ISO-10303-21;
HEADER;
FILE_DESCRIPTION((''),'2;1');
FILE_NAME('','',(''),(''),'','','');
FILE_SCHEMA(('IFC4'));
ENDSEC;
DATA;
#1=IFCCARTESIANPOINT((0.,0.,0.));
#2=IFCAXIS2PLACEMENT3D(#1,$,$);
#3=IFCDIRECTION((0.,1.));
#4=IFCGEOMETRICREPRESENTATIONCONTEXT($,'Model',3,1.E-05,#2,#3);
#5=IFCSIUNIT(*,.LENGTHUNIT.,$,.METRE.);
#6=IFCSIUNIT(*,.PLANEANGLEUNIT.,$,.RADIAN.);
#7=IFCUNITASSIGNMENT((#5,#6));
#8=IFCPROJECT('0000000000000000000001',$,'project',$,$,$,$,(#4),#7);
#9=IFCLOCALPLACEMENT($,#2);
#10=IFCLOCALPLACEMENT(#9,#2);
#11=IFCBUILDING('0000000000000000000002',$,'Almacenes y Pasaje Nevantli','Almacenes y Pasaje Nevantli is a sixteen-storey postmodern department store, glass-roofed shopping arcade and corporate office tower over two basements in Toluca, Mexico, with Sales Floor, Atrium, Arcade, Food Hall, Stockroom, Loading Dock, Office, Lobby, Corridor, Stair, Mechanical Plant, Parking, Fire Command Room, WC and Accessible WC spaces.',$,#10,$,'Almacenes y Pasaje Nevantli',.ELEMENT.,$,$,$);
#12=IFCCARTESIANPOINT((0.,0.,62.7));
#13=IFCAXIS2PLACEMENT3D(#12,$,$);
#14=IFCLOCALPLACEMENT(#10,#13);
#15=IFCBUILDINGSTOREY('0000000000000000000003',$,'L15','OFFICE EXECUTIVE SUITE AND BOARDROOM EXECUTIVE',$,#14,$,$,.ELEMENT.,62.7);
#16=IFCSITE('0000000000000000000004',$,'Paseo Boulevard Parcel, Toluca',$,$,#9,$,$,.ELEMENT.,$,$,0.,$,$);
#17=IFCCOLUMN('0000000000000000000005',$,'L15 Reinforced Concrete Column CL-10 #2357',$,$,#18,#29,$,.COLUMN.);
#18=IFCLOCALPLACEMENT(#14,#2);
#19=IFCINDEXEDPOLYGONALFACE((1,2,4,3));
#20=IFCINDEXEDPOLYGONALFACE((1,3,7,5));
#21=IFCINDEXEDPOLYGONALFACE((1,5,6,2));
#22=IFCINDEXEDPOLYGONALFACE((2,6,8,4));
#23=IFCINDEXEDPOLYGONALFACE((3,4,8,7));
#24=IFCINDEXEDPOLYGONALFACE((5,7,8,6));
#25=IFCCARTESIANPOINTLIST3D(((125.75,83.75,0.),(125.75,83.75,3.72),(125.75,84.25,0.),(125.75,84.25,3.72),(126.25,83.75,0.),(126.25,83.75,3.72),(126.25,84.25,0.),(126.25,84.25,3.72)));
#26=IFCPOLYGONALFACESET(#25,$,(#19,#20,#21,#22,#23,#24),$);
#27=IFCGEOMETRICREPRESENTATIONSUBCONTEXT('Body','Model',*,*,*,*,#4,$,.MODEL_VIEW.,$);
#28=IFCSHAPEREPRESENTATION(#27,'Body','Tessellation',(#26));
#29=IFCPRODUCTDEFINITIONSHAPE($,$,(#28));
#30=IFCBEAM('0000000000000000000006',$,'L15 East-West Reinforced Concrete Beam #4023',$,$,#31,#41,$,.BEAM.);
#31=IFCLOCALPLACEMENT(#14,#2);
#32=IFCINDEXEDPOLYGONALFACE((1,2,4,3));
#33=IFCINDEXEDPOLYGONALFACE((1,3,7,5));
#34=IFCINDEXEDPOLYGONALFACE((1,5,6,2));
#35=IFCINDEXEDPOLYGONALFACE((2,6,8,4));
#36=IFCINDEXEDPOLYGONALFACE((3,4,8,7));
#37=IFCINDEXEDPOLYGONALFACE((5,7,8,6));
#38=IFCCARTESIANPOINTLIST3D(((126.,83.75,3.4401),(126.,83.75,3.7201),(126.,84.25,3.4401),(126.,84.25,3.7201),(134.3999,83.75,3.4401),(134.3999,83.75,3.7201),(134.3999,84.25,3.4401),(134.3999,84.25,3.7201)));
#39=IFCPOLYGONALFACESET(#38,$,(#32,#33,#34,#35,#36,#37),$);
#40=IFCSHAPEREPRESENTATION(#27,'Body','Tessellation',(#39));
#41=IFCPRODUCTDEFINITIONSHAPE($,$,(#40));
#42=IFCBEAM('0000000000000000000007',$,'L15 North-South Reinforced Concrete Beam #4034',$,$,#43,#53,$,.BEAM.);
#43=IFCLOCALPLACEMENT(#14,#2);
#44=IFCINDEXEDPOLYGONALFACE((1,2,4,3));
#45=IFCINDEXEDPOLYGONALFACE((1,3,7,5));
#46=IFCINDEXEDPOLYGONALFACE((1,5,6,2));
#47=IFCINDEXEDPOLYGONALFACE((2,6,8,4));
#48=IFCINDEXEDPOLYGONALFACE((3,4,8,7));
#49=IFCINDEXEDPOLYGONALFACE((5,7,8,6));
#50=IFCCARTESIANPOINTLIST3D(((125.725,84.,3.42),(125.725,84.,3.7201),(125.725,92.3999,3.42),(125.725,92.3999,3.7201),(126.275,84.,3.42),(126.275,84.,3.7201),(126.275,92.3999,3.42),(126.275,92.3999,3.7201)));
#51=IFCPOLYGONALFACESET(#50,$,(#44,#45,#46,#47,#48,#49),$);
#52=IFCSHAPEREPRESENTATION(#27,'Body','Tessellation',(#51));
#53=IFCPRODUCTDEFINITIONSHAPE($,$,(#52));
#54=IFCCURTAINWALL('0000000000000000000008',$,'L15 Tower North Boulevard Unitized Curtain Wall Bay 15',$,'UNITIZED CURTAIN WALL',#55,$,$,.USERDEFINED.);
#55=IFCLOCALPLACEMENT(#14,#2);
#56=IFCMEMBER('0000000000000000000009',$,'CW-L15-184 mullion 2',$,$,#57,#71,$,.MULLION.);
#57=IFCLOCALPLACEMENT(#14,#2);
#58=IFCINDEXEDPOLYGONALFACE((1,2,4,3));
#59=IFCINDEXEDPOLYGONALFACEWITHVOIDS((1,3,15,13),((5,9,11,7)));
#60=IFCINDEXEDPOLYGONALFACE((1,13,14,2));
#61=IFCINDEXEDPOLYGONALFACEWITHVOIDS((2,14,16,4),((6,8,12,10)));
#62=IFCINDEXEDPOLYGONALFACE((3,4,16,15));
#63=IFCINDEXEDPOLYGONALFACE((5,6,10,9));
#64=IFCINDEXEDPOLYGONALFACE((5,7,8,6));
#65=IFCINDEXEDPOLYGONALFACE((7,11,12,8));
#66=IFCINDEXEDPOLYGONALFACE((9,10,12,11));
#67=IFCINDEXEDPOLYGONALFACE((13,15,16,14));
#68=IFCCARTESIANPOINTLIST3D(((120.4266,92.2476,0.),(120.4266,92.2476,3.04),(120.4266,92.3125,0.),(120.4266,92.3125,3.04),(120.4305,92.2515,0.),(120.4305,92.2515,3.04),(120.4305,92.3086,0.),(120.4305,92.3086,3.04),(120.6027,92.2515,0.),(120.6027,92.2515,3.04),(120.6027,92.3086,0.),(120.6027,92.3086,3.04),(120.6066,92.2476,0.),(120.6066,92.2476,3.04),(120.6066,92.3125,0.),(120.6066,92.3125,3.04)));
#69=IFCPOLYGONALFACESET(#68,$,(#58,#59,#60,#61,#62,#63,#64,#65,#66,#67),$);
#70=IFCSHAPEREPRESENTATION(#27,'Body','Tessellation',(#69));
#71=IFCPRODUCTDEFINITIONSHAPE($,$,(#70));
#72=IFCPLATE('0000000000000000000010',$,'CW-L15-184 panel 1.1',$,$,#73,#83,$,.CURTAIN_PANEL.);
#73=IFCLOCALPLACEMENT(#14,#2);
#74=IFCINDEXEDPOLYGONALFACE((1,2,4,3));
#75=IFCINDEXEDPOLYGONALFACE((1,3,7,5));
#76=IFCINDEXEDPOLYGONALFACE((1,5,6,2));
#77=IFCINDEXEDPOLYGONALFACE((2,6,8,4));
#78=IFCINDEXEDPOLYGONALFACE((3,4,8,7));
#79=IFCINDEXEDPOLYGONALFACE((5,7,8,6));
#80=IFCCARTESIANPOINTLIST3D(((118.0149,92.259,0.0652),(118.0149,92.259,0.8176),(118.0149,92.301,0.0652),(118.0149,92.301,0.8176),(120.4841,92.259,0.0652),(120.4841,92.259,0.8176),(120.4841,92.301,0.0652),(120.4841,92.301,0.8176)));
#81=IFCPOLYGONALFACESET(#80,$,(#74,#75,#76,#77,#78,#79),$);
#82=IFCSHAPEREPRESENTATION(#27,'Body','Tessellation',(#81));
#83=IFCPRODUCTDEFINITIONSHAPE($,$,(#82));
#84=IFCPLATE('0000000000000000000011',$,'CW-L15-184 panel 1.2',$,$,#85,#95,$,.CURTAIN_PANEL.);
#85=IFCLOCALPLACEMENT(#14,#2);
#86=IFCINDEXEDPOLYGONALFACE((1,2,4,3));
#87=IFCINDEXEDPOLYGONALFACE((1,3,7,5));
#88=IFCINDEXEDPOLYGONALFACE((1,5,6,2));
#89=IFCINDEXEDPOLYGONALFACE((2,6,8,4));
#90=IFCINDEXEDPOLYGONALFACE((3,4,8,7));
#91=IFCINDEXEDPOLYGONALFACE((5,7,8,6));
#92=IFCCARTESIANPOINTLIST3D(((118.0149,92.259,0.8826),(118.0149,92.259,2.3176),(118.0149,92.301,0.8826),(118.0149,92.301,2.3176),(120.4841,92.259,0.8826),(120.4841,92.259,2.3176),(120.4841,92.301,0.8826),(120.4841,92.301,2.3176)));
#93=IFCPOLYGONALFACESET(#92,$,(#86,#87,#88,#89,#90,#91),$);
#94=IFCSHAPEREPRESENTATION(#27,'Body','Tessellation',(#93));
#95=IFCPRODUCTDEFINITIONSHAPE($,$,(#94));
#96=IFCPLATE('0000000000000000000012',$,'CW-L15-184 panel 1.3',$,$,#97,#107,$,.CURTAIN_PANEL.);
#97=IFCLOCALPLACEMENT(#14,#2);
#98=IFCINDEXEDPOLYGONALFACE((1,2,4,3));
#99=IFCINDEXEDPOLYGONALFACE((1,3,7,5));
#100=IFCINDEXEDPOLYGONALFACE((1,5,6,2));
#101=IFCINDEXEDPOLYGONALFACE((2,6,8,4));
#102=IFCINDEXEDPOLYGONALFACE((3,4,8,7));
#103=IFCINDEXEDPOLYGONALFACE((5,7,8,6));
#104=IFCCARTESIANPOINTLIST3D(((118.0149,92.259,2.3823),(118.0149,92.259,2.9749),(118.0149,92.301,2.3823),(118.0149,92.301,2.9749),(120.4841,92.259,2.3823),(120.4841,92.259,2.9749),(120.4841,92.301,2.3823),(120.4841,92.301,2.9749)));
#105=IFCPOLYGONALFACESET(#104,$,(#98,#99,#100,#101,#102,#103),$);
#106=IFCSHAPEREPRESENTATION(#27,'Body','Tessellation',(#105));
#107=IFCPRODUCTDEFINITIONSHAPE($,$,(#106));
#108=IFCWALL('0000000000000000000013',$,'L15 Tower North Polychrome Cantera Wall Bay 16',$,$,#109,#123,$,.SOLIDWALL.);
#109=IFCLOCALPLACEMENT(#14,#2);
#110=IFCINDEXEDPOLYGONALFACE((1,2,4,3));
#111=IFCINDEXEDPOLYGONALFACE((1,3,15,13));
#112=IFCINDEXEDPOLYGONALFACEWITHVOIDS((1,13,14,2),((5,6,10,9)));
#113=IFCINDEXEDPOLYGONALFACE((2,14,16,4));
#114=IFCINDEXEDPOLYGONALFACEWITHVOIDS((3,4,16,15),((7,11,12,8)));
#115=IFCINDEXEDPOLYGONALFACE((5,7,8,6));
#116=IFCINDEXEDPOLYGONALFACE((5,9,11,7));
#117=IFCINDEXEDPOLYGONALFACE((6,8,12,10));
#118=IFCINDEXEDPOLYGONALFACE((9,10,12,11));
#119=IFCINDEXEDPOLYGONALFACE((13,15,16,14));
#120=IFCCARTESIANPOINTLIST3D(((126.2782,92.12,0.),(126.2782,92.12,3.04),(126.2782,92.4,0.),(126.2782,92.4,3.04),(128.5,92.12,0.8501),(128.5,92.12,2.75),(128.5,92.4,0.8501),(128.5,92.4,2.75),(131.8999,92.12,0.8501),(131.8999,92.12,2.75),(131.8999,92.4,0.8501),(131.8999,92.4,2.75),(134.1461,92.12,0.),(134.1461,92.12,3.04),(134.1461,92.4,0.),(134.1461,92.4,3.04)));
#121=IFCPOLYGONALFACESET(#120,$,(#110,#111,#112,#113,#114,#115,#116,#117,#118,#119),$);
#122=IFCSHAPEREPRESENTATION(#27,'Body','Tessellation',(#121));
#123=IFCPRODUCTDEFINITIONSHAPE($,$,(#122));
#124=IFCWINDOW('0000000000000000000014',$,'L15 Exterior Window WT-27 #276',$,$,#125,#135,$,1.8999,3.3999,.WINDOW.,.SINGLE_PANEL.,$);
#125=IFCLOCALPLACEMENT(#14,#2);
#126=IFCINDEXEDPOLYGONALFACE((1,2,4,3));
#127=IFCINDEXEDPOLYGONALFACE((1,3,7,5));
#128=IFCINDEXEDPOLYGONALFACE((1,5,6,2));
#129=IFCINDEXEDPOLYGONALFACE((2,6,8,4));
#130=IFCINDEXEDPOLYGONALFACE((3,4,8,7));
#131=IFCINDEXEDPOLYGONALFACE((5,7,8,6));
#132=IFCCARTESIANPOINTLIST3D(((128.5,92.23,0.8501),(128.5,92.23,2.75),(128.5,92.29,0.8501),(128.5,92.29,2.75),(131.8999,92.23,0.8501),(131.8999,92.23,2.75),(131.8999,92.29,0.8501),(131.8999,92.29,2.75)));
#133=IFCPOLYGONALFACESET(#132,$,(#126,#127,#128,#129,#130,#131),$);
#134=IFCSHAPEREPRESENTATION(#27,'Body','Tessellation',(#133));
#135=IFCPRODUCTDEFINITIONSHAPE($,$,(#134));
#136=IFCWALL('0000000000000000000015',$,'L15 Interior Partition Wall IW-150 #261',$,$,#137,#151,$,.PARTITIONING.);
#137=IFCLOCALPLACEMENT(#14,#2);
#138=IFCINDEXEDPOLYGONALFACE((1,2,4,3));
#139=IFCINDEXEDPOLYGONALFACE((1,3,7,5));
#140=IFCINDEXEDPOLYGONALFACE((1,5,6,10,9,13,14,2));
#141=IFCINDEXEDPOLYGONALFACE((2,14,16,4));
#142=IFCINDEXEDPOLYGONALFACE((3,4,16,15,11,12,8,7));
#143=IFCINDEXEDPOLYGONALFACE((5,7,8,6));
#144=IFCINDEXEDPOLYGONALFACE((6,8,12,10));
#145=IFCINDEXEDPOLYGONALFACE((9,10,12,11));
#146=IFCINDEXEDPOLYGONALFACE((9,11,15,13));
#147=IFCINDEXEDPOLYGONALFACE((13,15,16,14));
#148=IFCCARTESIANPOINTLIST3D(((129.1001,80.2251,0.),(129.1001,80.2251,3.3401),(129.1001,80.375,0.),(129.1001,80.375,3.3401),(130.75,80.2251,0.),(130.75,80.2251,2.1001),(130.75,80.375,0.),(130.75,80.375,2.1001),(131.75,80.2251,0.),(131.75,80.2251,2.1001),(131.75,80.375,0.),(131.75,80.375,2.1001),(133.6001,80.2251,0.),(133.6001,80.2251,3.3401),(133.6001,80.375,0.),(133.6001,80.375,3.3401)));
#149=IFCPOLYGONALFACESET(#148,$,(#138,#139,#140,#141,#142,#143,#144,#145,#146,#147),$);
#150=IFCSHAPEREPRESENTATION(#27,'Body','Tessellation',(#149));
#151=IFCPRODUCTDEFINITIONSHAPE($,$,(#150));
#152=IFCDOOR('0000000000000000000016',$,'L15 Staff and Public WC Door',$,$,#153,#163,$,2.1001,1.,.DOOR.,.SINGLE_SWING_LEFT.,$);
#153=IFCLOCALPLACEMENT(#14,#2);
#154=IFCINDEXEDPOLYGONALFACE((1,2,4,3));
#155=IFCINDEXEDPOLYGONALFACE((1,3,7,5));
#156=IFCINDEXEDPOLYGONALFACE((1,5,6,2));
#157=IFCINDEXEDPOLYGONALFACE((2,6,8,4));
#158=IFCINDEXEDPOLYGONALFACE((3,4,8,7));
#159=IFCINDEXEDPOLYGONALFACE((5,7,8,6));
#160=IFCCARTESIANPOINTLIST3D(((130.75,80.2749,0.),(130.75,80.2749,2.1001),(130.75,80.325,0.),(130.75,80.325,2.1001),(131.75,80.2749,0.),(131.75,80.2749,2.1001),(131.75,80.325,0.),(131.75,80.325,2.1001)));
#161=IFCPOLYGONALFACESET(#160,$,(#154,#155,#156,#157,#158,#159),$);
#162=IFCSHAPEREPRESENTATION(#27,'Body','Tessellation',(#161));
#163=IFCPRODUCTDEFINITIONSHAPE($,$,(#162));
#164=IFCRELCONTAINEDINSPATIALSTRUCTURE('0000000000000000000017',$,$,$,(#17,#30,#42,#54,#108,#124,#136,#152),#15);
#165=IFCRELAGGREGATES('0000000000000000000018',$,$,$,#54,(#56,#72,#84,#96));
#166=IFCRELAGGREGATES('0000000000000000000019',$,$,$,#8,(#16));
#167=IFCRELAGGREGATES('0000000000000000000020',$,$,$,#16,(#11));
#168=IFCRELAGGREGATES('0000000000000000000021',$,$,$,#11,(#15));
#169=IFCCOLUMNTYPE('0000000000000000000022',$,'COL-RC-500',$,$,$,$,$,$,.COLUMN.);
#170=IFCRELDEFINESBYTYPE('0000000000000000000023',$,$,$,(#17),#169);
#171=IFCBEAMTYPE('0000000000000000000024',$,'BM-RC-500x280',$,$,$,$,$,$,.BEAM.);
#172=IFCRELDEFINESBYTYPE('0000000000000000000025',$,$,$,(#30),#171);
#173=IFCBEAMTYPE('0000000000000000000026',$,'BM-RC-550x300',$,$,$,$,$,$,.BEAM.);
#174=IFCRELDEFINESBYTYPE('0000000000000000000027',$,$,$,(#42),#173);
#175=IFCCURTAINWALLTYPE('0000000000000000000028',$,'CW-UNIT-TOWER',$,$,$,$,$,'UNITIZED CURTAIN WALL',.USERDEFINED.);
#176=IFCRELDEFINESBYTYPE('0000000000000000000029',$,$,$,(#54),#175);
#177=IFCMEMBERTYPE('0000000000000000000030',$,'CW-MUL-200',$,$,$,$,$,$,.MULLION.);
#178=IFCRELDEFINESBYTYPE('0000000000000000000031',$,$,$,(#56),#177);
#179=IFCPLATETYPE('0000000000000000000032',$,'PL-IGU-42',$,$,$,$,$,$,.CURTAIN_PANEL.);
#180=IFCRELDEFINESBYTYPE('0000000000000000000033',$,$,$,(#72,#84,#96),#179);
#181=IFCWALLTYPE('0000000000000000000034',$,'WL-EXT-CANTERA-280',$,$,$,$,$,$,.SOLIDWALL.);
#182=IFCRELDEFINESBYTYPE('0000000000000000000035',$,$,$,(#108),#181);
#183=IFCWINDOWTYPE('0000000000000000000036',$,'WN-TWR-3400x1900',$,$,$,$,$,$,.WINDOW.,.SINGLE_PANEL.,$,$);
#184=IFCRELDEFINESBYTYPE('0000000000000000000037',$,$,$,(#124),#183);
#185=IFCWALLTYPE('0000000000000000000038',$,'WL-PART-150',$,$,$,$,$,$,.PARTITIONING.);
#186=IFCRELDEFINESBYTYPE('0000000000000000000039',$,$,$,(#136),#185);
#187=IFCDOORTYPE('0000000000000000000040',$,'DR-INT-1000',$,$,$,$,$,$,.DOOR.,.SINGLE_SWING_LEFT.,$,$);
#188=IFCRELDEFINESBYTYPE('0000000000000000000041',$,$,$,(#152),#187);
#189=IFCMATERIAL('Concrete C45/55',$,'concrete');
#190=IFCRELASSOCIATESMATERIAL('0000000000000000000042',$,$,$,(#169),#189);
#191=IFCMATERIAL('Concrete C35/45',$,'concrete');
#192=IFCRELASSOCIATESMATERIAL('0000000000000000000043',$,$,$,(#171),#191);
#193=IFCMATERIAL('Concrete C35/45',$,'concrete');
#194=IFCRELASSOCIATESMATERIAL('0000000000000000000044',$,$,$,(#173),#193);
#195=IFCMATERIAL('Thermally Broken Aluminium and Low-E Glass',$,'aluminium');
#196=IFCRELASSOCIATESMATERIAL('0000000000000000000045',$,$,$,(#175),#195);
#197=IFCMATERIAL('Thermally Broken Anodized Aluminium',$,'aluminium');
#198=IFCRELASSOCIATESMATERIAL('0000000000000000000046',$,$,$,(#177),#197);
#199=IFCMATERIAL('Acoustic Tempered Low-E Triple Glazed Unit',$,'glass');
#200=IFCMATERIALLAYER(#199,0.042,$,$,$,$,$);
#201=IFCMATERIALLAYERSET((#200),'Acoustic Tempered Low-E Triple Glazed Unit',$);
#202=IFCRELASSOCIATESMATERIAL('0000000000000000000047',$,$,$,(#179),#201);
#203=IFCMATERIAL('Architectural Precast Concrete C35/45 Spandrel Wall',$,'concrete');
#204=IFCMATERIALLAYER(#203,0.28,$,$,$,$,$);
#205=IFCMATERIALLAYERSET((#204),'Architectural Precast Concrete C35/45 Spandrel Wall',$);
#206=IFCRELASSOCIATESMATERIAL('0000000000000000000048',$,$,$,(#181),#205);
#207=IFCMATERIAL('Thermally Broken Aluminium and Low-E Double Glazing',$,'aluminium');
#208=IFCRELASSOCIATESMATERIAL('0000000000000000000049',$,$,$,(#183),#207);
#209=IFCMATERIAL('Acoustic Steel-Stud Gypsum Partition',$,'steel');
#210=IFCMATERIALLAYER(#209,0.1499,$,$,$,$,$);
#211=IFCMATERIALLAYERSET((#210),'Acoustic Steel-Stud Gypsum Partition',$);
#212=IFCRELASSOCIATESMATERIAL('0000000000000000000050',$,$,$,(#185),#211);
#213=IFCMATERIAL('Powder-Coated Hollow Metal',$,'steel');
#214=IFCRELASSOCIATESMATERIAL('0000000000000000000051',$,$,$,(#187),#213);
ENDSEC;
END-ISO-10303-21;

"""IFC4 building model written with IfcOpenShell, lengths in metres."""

from ifc_helpers import new_model, si_unit, direction, frame, frame_2d, origin, origin_2d, place, context, subcontext, project, spatial, rectangle, hollow_rectangle, extrude, material, layer, layer_set, material_profile, profile_set, type_object, element, fill, aggregate, save


model = new_model("IFC4")

# Units and contexts
model_context = context("Model", 3, precision=1e-05, world=origin(), true_north=direction((0.0, 1.0)))
body_context = subcontext(model_context, "Body", "Model", "MODEL_VIEW")
ifc_project = project(units=[si_unit("LENGTHUNIT", "METRE"), si_unit("PLANEANGLEUNIT", "RADIAN")], contexts=[model_context])

# Site, building, storey
site_placement = place(None, origin())
site = spatial("IfcSite", under=ifc_project, at=site_placement, Name="Paseo Boulevard Parcel, Toluca", CompositionType="ELEMENT", RefElevation=0.0)
building_placement = place(site_placement, origin())
building = spatial("IfcBuilding", under=site, at=building_placement, Name="Almacenes y Pasaje Nevantli", Description="Almacenes y Pasaje Nevantli is a sixteen-storey postmodern department store, glass-roofed shopping arcade and corporate office tower over two basements in Toluca, Mexico, with Sales Floor, Atrium, Arcade, Food Hall, Stockroom, Loading Dock, Office, Lobby, Corridor, Stair, Mechanical Plant, Parking, Fire Command Room, WC and Accessible WC spaces.", LongName="Almacenes y Pasaje Nevantli", CompositionType="ELEMENT")
storey_placement = place(building_placement, frame((0.0, 0.0, 62.7)))
storey = spatial("IfcBuildingStorey", under=building, at=storey_placement, Name="L15", Description="OFFICE EXECUTIVE SUITE AND BOARDROOM EXECUTIVE", CompositionType="ELEMENT", Elevation=62.7)

# Column
ifc_material_1 = material(Name="Concrete C45/55", Category="concrete")
ifc_material_profile_1 = material_profile(ifc_material_1, rectangle(XDim=0.5, YDim=0.5, at=origin_2d()), Name="RC-COL-500x500")
ifc_profile_set_1 = profile_set([ifc_material_profile_1], Name="Concrete C45/55")
column_type = type_object("IfcColumnType", Name="COL-RC-500", PredefinedType="COLUMN", material=ifc_profile_set_1)
column_placement = place(storey_placement, frame((126.0, 84.0, 0.0), z_axis=(0.0, 0.0, 1.0), x_axis=(1.0, 0.0, 0.0)))
element("IfcColumn", 1, at=column_placement, inside=storey, type_object=column_type, Name="L15 Reinforced Concrete Column CL-10 #2357", PredefinedType="COLUMN", context=body_context, shape_type="SweptSolid", body=[
    extrude(rectangle(XDim=0.5, YDim=0.5, at=origin_2d()), origin(), (0.0, 0.0, 1.0), 3.72),
])

# Beams
ifc_material_2 = material(Name="Concrete C35/45", Category="concrete")
ifc_material_profile_2 = material_profile(ifc_material_2, rectangle(XDim=0.5, YDim=0.28, at=origin_2d()), Name="RC-BM-500x280")
ifc_profile_set_2 = profile_set([ifc_material_profile_2], Name="Concrete C35/45")
beam_type_1 = type_object("IfcBeamType", Name="BM-RC-500x280", PredefinedType="BEAM", material=ifc_profile_set_2)
beam_1_placement = place(storey_placement, frame((126.0, 84.0, 3.5801), z_axis=(1.0, 0.0, 0.0), x_axis=(0.0, 1.0, 0.0)))
element("IfcBeam", 2, at=beam_1_placement, inside=storey, type_object=beam_type_1, Name="L15 East-West Reinforced Concrete Beam #4023", PredefinedType="BEAM", context=body_context, shape_type="SweptSolid", body=[
    extrude(rectangle(XDim=0.5, YDim=0.28, at=origin_2d()), origin(), (0.0, 0.0, 1.0), 8.3999),
])
ifc_material_3 = material(Name="Concrete C35/45", Category="concrete")
ifc_material_profile_3 = material_profile(ifc_material_3, rectangle(XDim=0.55, YDim=0.3, at=origin_2d()), Name="RC-BM-550x300")
ifc_profile_set_3 = profile_set([ifc_material_profile_3], Name="Concrete C35/45")
beam_type_2 = type_object("IfcBeamType", Name="BM-RC-550x300", PredefinedType="BEAM", material=ifc_profile_set_3)
beam_2_placement = place(storey_placement, frame((126.0, 84.0, 3.5701), z_axis=(0.0, 1.0, 0.0), x_axis=(-1.0, 0.0, 0.0)))
element("IfcBeam", 3, at=beam_2_placement, inside=storey, type_object=beam_type_2, Name="L15 North-South Reinforced Concrete Beam #4034", PredefinedType="BEAM", context=body_context, shape_type="SweptSolid", body=[
    extrude(rectangle(XDim=0.55, YDim=0.3, at=origin_2d()), origin(), (0.0, 0.0, 1.0), 8.3999),
])

# Curtain wall, member, plates
ifc_material_4 = material(Name="Thermally Broken Aluminium and Low-E Glass", Category="aluminium")
curtain_wall_type = type_object("IfcCurtainWallType", Name="CW-UNIT-TOWER", ElementType="UNITIZED CURTAIN WALL", PredefinedType="USERDEFINED", material=ifc_material_4)
curtain_wall_placement = place(storey_placement, origin())
curtain_wall = element("IfcCurtainWall", 4, at=curtain_wall_placement, inside=storey, type_object=curtain_wall_type, Name="L15 Tower North Boulevard Unitized Curtain Wall Bay 15", ObjectType="UNITIZED CURTAIN WALL", PredefinedType="USERDEFINED")
ifc_material_5 = material(Name="Thermally Broken Anodized Aluminium", Category="aluminium")
ifc_material_profile_4 = material_profile(ifc_material_5, hollow_rectangle(XDim=0.0649, YDim=0.1799, WallThickness=0.0039, at=origin_2d()), Name="ALU-MUL-65x180")
ifc_profile_set_4 = profile_set([ifc_material_profile_4], Name="Thermally Broken Anodized Aluminium")
member_type = type_object("IfcMemberType", Name="CW-MUL-200", PredefinedType="MULLION", material=ifc_profile_set_4)
member_placement = place(storey_placement, frame((120.5166, 92.28, 0.0), z_axis=(0.0, 0.0, 1.0), x_axis=(0.0, 1.0, 0.0)))
member = element("IfcMember", 5, at=member_placement, type_object=member_type, Name="CW-L15-184 mullion 2", PredefinedType="MULLION", context=body_context, shape_type="SweptSolid", body=[
    extrude(hollow_rectangle(XDim=0.0649, YDim=0.1799, WallThickness=0.0039, at=origin_2d()), origin(), (0.0, 0.0, 1.0), 3.04),
])
ifc_material_6 = material(Name="Acoustic Tempered Low-E Triple Glazed Unit", Category="glass")
ifc_layer_1 = layer(ifc_material_6, 0.042)
ifc_layer_set_1 = layer_set([ifc_layer_1], Name="Acoustic Tempered Low-E Triple Glazed Unit")
plate_type = type_object("IfcPlateType", Name="PL-IGU-42", PredefinedType="CURTAIN_PANEL", material=ifc_layer_set_1)
plate_1_placement = place(storey_placement, frame((119.2495, 92.28, 0.0652), z_axis=(0.0, 0.0, 1.0), x_axis=(1.0, 0.0, 0.0)))
plate_1 = element("IfcPlate", 6, at=plate_1_placement, type_object=plate_type, Name="CW-L15-184 panel 1.1", PredefinedType="CURTAIN_PANEL", context=body_context, shape_type="SweptSolid", body=[
    extrude(rectangle(XDim=2.4692, YDim=0.042, at=origin_2d()), origin(), (0.0, 0.0, 1.0), 0.7524),
])
plate_2_placement = place(storey_placement, frame((119.2495, 92.28, 0.8826), z_axis=(0.0, 0.0, 1.0), x_axis=(1.0, 0.0, 0.0)))
plate_2 = element("IfcPlate", 7, at=plate_2_placement, type_object=plate_type, Name="CW-L15-184 panel 1.2", PredefinedType="CURTAIN_PANEL", context=body_context, shape_type="SweptSolid", body=[
    extrude(rectangle(XDim=2.4692, YDim=0.042, at=origin_2d()), origin(), (0.0, 0.0, 1.0), 1.4351),
])
plate_3_placement = place(storey_placement, frame((119.2495, 92.28, 2.3823), z_axis=(0.0, 0.0, 1.0), x_axis=(1.0, 0.0, 0.0)))
plate_3 = element("IfcPlate", 8, at=plate_3_placement, type_object=plate_type, Name="CW-L15-184 panel 1.3", PredefinedType="CURTAIN_PANEL", context=body_context, shape_type="SweptSolid", body=[
    extrude(rectangle(XDim=2.4692, YDim=0.042, at=origin_2d()), origin(), (0.0, 0.0, 1.0), 0.5925),
])
aggregate(curtain_wall, [member, plate_1, plate_2, plate_3])

# Wall, opening, window
ifc_material_7 = material(Name="Architectural Precast Concrete C35/45 Spandrel Wall", Category="concrete")
ifc_layer_2 = layer(ifc_material_7, 0.28)
ifc_layer_set_2 = layer_set([ifc_layer_2], Name="Architectural Precast Concrete C35/45 Spandrel Wall")
wall_type_1 = type_object("IfcWallType", Name="WL-EXT-CANTERA-280", PredefinedType="SOLIDWALL", material=ifc_layer_set_2)
wall_1_placement = place(storey_placement, frame((126.2781, 92.26, 0.0), z_axis=(0.0, 0.0, 1.0), x_axis=(1.0, 0.0, 0.0)))
wall_1 = element("IfcWall", 9, at=wall_1_placement, inside=storey, type_object=wall_type_1, Name="L15 Tower North Polychrome Cantera Wall Bay 16", PredefinedType="SOLIDWALL", context=body_context, shape_type="SweptSolid", body=[
    extrude(rectangle(XDim=7.8679, YDim=0.28, at=frame_2d((3.9341, 0.0))), origin(), (0.0, 0.0, 1.0), 3.04),
])
opening_1_placement = place(wall_1_placement, frame((2.2219, 0.0, 0.8501)))
opening_1 = element("IfcOpeningElement", 10, at=opening_1_placement, cuts=wall_1, PredefinedType="OPENING", context=body_context, shape_type="SweptSolid", body=[
    extrude(rectangle(XDim=3.3999, YDim=1.8999, at=frame_2d((1.7, 0.95))), frame((0.0, 0.1499, 0.0), z_axis=(0.0, -1.0, 0.0), x_axis=(1.0, 0.0, 0.0)), (0.0, 0.0, 1.0), 0.3),
])
ifc_material_8 = material(Name="Thermally Broken Aluminium and Low-E Double Glazing", Category="aluminium")
window_type = type_object("IfcWindowType", Name="WN-TWR-3400x1900", PartitioningType="SINGLE_PANEL", PredefinedType="WINDOW", material=ifc_material_8)
window_placement = place(opening_1_placement, origin())
window = element("IfcWindow", 11, at=window_placement, inside=storey, type_object=window_type, Name="L15 Exterior Window WT-27 #276", OverallHeight=1.8999, OverallWidth=3.3999, PartitioningType="SINGLE_PANEL", PredefinedType="WINDOW", context=body_context, shape_type="SweptSolid", body=[
    extrude(rectangle(XDim=3.3999, YDim=1.8999, at=frame_2d((1.7, 0.95))), frame((0.0, 0.03, 0.0), z_axis=(0.0, -1.0, 0.0), x_axis=(1.0, 0.0, 0.0)), (0.0, 0.0, 1.0), 0.0601),
])
fill(opening_1, window)

# Wall, opening, door
ifc_material_9 = material(Name="Acoustic Steel-Stud Gypsum Partition", Category="steel")
ifc_layer_3 = layer(ifc_material_9, 0.1499)
ifc_layer_set_3 = layer_set([ifc_layer_3], Name="Acoustic Steel-Stud Gypsum Partition")
wall_type_2 = type_object("IfcWallType", Name="WL-PART-150", PredefinedType="PARTITIONING", material=ifc_layer_set_3)
wall_2_placement = place(storey_placement, frame((129.1001, 80.3, 0.0), z_axis=(0.0, 0.0, 1.0), x_axis=(1.0, 0.0, 0.0)))
wall_2 = element("IfcWall", 12, at=wall_2_placement, inside=storey, type_object=wall_type_2, Name="L15 Interior Partition Wall IW-150 #261", PredefinedType="PARTITIONING", context=body_context, shape_type="SweptSolid", body=[
    extrude(rectangle(XDim=4.5, YDim=0.1499, at=frame_2d((2.25, 0.0))), origin(), (0.0, 0.0, 1.0), 3.3401),
])
opening_2_placement = place(wall_2_placement, frame((1.6499, 0.0, 0.0)))
opening_2 = element("IfcOpeningElement", 13, at=opening_2_placement, cuts=wall_2, PredefinedType="OPENING", context=body_context, shape_type="SweptSolid", body=[
    extrude(rectangle(XDim=1.0, YDim=2.1001, at=frame_2d((0.5, 1.05))), frame((0.0, 0.085, 0.0), z_axis=(0.0, -1.0, 0.0), x_axis=(1.0, 0.0, 0.0)), (0.0, 0.0, 1.0), 0.1699),
])
ifc_material_10 = material(Name="Powder-Coated Hollow Metal", Category="steel")
door_type_1 = type_object("IfcDoorType", Name="DR-INT-1000", OperationType="SINGLE_SWING_LEFT", PredefinedType="DOOR", material=ifc_material_10)
door_1_placement = place(opening_2_placement, origin())
door_1 = element("IfcDoor", 14, at=door_1_placement, inside=storey, type_object=door_type_1, Name="L15 Staff and Public WC Door", OperationType="SINGLE_SWING_LEFT", OverallHeight=2.1001, OverallWidth=1.0, PredefinedType="DOOR", context=body_context, shape_type="SweptSolid", body=[
    extrude(rectangle(XDim=1.0, YDim=2.1001, at=frame_2d((0.5, 1.05))), frame((0.0, 0.0249, 0.0), z_axis=(0.0, -1.0, 0.0), x_axis=(1.0, 0.0, 0.0)), (0.0, 0.0, 1.0), 0.05),
])
fill(opening_2, door_1)

save(model, "model.ifc")
